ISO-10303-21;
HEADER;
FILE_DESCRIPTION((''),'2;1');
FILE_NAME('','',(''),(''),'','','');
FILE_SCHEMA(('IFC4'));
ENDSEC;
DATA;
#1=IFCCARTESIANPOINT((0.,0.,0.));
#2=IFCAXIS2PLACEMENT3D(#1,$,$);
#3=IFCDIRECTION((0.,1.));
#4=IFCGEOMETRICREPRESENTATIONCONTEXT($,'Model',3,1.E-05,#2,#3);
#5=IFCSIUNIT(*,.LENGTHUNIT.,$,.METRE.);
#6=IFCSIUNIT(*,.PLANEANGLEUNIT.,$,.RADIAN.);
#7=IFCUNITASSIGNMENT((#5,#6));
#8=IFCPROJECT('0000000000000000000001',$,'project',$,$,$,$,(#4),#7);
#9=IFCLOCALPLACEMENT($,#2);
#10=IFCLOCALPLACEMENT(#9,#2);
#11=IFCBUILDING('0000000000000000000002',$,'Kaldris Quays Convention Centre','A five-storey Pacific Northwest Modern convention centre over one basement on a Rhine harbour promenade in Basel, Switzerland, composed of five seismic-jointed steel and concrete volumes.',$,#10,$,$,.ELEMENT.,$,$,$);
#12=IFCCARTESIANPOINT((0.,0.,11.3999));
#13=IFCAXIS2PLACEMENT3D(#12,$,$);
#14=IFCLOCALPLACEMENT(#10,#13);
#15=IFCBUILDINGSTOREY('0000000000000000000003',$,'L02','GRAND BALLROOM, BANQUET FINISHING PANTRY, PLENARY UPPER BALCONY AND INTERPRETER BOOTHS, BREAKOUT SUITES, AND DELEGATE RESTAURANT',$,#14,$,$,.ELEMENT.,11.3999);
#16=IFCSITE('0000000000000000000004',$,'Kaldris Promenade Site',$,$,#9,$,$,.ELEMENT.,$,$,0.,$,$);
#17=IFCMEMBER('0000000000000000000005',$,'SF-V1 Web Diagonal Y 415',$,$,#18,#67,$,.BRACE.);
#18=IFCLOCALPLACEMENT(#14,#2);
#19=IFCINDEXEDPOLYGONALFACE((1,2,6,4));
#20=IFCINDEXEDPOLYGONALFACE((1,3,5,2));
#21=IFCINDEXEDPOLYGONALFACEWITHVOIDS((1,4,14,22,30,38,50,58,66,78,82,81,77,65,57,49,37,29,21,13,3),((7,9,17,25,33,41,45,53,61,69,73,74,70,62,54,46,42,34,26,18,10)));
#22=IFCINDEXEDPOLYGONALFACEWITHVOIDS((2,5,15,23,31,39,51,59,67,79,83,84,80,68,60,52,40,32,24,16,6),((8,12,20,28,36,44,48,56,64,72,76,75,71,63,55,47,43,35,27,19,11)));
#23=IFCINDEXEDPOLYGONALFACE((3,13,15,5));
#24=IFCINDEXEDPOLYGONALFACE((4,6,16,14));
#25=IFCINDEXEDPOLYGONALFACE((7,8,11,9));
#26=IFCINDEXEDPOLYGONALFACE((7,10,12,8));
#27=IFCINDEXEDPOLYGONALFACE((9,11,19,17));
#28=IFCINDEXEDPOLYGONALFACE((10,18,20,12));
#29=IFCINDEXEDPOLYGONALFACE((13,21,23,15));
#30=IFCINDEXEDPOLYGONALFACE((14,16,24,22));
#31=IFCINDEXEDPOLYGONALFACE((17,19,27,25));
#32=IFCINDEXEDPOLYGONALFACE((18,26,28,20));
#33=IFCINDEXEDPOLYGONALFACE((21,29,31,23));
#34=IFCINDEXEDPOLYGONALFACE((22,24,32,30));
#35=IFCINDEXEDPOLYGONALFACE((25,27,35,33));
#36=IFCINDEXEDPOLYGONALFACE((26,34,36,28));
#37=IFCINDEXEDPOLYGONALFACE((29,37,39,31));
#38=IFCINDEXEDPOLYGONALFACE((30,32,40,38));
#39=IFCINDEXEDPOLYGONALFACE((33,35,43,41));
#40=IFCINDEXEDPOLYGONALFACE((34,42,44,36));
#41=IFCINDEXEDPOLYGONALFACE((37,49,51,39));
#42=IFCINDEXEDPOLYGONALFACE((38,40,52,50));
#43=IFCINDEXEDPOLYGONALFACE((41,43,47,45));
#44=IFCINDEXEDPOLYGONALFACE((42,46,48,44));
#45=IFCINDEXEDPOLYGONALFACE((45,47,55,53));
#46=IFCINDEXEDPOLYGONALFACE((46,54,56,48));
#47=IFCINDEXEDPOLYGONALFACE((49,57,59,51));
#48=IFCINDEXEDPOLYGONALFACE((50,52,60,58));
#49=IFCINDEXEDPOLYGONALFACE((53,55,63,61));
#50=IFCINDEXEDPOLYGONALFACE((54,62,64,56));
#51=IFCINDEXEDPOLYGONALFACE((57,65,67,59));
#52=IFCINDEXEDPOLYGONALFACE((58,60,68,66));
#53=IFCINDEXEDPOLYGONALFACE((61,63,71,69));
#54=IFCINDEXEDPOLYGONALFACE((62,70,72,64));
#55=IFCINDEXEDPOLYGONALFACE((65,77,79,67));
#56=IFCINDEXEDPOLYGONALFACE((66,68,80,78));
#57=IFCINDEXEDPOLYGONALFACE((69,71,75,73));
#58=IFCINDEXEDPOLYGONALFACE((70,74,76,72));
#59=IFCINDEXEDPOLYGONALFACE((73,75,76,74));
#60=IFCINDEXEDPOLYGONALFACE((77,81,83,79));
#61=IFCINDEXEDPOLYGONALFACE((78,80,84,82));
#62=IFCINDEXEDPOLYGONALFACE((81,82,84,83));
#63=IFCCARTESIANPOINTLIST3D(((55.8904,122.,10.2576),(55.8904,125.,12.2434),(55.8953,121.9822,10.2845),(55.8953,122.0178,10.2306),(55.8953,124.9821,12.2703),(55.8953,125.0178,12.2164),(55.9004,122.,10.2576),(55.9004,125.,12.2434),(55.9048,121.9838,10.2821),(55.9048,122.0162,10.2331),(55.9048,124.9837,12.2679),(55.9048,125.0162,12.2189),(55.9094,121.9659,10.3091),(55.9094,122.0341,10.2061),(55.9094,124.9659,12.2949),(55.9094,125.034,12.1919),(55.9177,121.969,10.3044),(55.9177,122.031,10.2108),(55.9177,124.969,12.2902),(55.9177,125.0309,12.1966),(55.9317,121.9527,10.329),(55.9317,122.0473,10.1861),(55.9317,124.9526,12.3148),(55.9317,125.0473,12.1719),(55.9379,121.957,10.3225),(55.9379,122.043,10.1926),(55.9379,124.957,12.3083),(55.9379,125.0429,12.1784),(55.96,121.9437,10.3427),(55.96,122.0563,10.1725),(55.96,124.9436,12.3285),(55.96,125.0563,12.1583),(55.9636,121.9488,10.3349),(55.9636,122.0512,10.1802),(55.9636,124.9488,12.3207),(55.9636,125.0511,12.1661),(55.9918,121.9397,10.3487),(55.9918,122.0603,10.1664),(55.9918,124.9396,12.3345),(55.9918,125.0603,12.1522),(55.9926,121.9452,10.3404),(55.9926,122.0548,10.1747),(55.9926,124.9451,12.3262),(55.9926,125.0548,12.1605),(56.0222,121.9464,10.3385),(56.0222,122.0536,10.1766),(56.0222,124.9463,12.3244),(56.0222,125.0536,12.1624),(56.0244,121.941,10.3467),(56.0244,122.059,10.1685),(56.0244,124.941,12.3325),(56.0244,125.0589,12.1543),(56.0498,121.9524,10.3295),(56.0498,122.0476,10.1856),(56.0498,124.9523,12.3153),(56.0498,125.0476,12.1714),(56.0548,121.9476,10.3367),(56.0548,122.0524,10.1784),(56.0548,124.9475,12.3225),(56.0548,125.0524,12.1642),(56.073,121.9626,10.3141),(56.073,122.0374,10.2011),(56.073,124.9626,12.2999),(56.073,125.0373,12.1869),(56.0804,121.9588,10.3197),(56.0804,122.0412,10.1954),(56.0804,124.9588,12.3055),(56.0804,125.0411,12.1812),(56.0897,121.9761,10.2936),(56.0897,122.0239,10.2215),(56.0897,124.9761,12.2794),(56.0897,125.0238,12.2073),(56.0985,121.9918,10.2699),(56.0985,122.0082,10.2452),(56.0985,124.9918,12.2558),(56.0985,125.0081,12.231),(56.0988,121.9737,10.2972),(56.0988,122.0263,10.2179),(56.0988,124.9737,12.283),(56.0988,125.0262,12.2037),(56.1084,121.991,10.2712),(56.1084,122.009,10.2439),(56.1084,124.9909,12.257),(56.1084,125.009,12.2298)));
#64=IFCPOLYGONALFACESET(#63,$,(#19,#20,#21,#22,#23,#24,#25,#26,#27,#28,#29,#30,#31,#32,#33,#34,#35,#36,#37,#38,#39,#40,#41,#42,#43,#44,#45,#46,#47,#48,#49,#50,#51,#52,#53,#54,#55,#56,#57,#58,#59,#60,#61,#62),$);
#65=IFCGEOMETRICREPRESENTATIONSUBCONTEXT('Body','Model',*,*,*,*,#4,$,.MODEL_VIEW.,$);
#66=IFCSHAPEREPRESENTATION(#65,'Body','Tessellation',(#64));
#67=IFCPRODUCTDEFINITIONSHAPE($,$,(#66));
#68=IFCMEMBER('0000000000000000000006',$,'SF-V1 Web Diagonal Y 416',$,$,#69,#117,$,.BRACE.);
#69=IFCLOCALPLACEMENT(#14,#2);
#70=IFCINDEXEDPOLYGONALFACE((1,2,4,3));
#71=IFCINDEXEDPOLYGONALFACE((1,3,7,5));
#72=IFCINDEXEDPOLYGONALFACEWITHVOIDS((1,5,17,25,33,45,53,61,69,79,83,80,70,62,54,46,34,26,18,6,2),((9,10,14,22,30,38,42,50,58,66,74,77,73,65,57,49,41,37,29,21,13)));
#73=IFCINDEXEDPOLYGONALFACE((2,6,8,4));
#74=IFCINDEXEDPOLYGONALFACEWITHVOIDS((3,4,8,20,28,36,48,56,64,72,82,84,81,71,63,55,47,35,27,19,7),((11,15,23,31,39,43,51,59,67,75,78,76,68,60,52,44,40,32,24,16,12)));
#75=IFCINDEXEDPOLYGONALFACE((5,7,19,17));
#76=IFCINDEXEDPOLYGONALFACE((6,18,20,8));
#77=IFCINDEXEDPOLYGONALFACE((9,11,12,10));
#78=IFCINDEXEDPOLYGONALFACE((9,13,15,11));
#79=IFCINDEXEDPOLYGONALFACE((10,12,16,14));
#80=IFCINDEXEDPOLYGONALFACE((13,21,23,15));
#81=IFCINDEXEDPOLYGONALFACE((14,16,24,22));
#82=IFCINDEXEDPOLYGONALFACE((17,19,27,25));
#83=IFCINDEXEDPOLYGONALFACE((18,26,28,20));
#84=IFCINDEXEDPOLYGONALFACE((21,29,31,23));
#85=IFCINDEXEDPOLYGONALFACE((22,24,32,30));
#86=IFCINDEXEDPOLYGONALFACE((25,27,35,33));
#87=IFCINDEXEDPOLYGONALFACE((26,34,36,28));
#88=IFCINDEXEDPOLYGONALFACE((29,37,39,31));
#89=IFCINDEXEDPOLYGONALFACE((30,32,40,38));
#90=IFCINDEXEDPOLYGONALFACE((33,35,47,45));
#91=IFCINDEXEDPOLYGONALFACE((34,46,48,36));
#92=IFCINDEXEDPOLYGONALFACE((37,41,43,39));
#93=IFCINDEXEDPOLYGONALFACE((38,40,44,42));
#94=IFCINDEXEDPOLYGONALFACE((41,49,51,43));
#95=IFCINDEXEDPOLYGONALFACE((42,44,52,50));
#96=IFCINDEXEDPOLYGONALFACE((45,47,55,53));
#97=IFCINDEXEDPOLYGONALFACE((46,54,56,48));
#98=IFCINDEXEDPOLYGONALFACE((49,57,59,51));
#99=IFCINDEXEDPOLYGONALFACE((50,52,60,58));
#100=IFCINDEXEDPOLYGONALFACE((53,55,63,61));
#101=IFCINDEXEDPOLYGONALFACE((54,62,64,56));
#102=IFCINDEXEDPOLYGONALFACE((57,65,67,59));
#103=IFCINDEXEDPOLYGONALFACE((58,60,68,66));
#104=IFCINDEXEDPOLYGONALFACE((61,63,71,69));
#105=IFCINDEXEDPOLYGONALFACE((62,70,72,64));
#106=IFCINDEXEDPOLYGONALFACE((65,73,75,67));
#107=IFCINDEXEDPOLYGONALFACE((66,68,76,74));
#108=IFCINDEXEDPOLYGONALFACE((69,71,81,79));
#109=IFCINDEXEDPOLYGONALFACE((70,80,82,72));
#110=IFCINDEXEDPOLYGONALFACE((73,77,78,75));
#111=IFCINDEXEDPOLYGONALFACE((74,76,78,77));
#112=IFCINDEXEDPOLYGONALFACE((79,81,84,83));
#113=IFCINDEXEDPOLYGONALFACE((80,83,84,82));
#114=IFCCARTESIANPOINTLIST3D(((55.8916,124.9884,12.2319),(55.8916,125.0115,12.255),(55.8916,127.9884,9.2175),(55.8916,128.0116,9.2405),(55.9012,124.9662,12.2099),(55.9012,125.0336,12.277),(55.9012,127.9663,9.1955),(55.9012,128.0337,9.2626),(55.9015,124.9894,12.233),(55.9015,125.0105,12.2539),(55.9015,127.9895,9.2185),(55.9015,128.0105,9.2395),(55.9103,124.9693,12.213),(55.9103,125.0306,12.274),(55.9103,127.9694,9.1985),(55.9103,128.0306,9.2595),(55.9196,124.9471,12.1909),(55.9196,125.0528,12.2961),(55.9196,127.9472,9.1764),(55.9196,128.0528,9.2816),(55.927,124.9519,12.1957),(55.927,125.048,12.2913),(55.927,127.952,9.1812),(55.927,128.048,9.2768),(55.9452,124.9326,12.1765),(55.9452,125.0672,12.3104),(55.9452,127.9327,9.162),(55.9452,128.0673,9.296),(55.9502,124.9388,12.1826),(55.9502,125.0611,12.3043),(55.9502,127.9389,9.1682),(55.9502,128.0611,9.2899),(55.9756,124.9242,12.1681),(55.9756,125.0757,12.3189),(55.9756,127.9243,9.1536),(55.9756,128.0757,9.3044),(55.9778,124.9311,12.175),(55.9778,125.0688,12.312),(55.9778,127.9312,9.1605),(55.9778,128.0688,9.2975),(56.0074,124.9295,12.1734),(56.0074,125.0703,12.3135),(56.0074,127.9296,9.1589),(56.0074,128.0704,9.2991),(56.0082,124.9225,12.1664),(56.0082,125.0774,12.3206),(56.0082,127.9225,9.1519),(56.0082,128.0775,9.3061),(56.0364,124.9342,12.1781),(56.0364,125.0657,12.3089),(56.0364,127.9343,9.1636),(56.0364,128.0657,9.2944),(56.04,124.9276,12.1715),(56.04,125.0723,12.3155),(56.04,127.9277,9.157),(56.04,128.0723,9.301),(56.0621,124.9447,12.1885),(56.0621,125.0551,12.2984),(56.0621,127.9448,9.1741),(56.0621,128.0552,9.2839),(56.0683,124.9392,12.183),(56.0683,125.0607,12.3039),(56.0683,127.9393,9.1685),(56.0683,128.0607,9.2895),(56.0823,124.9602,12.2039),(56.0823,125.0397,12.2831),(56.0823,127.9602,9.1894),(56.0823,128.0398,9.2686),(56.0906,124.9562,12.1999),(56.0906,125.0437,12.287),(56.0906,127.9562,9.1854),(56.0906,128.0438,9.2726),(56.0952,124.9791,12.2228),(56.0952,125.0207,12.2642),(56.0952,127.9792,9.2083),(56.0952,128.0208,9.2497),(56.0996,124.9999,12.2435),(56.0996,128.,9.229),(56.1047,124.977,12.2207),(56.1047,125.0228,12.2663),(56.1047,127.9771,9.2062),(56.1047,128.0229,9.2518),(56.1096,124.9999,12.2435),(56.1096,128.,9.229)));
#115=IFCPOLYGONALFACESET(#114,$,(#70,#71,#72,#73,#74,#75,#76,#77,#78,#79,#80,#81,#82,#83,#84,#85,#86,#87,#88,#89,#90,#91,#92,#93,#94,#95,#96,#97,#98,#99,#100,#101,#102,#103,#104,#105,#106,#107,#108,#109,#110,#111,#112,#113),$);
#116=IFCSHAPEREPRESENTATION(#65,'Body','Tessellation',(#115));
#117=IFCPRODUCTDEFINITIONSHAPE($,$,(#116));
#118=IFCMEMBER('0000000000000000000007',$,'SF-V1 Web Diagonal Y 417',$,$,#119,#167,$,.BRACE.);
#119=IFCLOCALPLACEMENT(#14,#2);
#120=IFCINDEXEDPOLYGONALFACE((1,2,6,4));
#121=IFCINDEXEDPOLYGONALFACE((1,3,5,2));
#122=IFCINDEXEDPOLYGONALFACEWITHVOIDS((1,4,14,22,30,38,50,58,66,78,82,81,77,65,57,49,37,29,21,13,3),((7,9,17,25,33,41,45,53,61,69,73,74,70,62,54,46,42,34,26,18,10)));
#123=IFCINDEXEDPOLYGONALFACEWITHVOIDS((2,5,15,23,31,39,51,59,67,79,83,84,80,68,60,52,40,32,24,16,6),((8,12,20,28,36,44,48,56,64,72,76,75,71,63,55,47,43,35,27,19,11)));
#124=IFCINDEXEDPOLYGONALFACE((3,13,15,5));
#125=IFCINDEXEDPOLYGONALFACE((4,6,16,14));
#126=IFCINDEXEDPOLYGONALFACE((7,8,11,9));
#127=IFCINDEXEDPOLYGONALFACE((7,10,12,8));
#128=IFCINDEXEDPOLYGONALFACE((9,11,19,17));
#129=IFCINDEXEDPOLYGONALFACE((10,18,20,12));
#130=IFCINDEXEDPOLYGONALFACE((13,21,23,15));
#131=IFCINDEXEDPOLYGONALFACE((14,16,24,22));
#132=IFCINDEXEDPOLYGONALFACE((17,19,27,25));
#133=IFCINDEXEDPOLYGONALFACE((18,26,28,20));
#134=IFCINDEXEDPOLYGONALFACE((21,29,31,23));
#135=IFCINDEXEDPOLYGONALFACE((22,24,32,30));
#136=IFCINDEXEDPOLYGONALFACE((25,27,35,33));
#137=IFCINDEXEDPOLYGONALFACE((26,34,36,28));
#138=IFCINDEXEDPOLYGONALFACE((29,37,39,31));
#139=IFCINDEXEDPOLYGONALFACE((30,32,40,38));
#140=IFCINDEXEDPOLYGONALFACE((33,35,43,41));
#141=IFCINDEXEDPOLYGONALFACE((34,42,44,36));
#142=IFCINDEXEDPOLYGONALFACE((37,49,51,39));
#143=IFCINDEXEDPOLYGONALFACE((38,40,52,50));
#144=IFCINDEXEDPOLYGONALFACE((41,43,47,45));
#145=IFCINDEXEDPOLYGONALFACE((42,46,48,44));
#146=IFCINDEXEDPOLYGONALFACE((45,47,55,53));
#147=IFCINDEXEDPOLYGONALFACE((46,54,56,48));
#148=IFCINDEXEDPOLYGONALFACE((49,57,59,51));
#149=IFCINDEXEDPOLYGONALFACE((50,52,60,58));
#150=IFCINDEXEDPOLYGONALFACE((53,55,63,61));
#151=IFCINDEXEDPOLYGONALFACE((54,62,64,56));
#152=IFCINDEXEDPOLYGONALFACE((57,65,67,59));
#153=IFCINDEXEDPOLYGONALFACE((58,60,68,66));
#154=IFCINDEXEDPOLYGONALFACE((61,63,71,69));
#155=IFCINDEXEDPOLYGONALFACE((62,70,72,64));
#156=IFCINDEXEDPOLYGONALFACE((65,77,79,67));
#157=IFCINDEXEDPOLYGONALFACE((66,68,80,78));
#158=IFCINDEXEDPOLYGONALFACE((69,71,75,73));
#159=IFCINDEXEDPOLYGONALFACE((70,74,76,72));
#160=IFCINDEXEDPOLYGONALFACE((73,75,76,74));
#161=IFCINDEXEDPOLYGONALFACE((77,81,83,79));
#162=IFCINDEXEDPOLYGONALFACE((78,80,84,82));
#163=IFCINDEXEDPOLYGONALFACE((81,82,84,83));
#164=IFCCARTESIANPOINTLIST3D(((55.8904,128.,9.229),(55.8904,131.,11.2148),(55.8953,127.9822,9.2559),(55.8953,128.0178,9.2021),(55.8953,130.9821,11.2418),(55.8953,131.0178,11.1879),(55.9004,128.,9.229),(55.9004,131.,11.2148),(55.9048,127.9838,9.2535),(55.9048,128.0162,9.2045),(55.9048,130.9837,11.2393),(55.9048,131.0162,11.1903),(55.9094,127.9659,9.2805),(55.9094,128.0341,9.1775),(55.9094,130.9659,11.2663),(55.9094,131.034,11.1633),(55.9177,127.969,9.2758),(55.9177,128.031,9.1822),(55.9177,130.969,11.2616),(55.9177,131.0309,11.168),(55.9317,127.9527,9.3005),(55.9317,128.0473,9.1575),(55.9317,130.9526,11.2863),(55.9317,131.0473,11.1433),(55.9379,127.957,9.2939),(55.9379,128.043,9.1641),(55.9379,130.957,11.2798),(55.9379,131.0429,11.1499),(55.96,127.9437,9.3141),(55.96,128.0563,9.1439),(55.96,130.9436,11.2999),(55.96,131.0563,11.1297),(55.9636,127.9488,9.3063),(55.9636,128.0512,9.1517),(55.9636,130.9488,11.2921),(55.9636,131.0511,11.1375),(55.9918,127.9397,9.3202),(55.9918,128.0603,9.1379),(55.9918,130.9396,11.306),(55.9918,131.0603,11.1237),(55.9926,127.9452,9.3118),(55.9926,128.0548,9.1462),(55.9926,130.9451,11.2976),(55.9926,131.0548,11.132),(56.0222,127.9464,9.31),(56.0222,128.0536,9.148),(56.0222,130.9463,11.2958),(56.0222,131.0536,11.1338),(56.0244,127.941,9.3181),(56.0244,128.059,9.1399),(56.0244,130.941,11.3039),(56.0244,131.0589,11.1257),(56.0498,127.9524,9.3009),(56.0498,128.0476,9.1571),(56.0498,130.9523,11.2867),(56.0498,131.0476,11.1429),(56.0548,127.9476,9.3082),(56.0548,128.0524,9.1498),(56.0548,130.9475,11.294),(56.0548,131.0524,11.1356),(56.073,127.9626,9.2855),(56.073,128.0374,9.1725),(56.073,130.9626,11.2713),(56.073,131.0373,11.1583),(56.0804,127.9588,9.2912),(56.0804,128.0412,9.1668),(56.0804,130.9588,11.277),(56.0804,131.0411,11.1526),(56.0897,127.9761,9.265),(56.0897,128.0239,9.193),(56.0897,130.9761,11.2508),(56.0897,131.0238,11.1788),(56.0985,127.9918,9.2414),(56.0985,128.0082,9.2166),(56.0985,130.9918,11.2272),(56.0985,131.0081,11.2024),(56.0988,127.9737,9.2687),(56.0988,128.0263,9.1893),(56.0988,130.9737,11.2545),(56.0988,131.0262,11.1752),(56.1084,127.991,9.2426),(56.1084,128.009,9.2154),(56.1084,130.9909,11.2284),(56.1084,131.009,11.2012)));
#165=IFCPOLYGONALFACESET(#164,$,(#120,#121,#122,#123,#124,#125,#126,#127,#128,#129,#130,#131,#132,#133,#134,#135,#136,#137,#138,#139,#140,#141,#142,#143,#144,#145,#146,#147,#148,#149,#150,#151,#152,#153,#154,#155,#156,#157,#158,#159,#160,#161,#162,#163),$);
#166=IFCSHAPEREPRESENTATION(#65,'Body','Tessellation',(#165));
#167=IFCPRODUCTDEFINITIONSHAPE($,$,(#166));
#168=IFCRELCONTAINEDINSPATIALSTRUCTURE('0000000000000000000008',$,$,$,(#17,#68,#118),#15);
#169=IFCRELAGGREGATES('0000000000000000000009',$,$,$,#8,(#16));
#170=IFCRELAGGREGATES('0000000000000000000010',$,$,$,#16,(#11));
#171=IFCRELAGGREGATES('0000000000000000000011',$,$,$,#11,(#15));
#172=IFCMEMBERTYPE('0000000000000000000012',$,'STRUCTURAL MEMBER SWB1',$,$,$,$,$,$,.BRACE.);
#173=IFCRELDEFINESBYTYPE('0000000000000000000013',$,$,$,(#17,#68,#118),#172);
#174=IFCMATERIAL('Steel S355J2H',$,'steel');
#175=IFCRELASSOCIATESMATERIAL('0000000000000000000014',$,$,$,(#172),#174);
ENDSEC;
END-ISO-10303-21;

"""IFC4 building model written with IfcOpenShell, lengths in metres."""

from ifc_helpers import new_model, si_unit, direction, frame, origin, origin_2d, place, context, subcontext, project, spatial, hollow_circle, extrude, material, material_profile, profile_set, type_object, element, save


model = new_model("IFC4")

# Units and contexts
model_context = context("Model", 3, precision=1e-05, world=origin(), true_north=direction((0.0, 1.0)))
body_context = subcontext(model_context, "Body", "Model", "MODEL_VIEW")
ifc_project = project(units=[si_unit("LENGTHUNIT", "METRE"), si_unit("PLANEANGLEUNIT", "RADIAN")], contexts=[model_context])

# Site, building, storey
site_placement = place(None, origin())
site = spatial("IfcSite", under=ifc_project, at=site_placement, Name="Kaldris Promenade Site", CompositionType="ELEMENT", RefElevation=0.0)
building_placement = place(site_placement, origin())
building = spatial("IfcBuilding", under=site, at=building_placement, Name="Kaldris Quays Convention Centre", Description="A five-storey Pacific Northwest Modern convention centre over one basement on a Rhine harbour promenade in Basel, Switzerland, composed of five seismic-jointed steel and concrete volumes.", CompositionType="ELEMENT")
storey_placement = place(building_placement, frame((0.0, 0.0, 11.3999)))
storey = spatial("IfcBuildingStorey", under=building, at=storey_placement, Name="L02", Description="GRAND BALLROOM, BANQUET FINISHING PANTRY, PLENARY UPPER BALCONY AND INTERPRETER BOOTHS, BREAKOUT SUITES, AND DELEGATE RESTAURANT", CompositionType="ELEMENT", Elevation=11.3999)

# Members
ifc_material_1 = material(Name="Steel S355J2H", Category="steel")
ifc_material_profile_1 = material_profile(ifc_material_1, hollow_circle(Radius=0.1096, WallThickness=0.01, at=origin_2d()), Name="CHS 219.1x10")
ifc_profile_set_1 = profile_set([ifc_material_profile_1], Name="Steel S355J2H")
member_type_1 = type_object("IfcMemberType", Name="STRUCTURAL MEMBER SWB1", PredefinedType="BRACE", material=ifc_profile_set_1)
member_1_placement = place(storey_placement, frame((56.0, 122.0, 10.2576), z_axis=(0.0, 0.833862, 0.551972), x_axis=(-1.0, 0.0, 0.0)))
element("IfcMember", 1, at=member_1_placement, inside=storey, type_object=member_type_1, Name="SF-V1 Web Diagonal Y 415", PredefinedType="BRACE", context=body_context, shape_type="SweptSolid", body=[
    extrude(hollow_circle(Radius=0.1096, WallThickness=0.01, at=origin_2d()), origin(), (0.0, 0.0, 1.0), 3.5977),
])
member_2_placement = place(storey_placement, frame((56.0, 128.0, 9.229), z_axis=(0.0, -0.705411, 0.708798), x_axis=(1.0, 0.0, 0.0)))
element("IfcMember", 2, at=member_2_placement, inside=storey, type_object=member_type_1, Name="SF-V1 Web Diagonal Y 416", PredefinedType="BRACE", context=body_context, shape_type="SweptSolid", body=[
    extrude(hollow_circle(Radius=0.1096, WallThickness=0.01, at=origin_2d()), origin(), (0.0, 0.0, 1.0), 4.2529),
])
member_3_placement = place(storey_placement, frame((56.0, 128.0, 9.229), z_axis=(0.0, 0.833862, 0.551972), x_axis=(-1.0, 0.0, 0.0)))
element("IfcMember", 3, at=member_3_placement, inside=storey, type_object=member_type_1, Name="SF-V1 Web Diagonal Y 417", PredefinedType="BRACE", context=body_context, shape_type="SweptSolid", body=[
    extrude(hollow_circle(Radius=0.1096, WallThickness=0.01, at=origin_2d()), origin(), (0.0, 0.0, 1.0), 3.5977),
])

save(model, "model.ifc")
